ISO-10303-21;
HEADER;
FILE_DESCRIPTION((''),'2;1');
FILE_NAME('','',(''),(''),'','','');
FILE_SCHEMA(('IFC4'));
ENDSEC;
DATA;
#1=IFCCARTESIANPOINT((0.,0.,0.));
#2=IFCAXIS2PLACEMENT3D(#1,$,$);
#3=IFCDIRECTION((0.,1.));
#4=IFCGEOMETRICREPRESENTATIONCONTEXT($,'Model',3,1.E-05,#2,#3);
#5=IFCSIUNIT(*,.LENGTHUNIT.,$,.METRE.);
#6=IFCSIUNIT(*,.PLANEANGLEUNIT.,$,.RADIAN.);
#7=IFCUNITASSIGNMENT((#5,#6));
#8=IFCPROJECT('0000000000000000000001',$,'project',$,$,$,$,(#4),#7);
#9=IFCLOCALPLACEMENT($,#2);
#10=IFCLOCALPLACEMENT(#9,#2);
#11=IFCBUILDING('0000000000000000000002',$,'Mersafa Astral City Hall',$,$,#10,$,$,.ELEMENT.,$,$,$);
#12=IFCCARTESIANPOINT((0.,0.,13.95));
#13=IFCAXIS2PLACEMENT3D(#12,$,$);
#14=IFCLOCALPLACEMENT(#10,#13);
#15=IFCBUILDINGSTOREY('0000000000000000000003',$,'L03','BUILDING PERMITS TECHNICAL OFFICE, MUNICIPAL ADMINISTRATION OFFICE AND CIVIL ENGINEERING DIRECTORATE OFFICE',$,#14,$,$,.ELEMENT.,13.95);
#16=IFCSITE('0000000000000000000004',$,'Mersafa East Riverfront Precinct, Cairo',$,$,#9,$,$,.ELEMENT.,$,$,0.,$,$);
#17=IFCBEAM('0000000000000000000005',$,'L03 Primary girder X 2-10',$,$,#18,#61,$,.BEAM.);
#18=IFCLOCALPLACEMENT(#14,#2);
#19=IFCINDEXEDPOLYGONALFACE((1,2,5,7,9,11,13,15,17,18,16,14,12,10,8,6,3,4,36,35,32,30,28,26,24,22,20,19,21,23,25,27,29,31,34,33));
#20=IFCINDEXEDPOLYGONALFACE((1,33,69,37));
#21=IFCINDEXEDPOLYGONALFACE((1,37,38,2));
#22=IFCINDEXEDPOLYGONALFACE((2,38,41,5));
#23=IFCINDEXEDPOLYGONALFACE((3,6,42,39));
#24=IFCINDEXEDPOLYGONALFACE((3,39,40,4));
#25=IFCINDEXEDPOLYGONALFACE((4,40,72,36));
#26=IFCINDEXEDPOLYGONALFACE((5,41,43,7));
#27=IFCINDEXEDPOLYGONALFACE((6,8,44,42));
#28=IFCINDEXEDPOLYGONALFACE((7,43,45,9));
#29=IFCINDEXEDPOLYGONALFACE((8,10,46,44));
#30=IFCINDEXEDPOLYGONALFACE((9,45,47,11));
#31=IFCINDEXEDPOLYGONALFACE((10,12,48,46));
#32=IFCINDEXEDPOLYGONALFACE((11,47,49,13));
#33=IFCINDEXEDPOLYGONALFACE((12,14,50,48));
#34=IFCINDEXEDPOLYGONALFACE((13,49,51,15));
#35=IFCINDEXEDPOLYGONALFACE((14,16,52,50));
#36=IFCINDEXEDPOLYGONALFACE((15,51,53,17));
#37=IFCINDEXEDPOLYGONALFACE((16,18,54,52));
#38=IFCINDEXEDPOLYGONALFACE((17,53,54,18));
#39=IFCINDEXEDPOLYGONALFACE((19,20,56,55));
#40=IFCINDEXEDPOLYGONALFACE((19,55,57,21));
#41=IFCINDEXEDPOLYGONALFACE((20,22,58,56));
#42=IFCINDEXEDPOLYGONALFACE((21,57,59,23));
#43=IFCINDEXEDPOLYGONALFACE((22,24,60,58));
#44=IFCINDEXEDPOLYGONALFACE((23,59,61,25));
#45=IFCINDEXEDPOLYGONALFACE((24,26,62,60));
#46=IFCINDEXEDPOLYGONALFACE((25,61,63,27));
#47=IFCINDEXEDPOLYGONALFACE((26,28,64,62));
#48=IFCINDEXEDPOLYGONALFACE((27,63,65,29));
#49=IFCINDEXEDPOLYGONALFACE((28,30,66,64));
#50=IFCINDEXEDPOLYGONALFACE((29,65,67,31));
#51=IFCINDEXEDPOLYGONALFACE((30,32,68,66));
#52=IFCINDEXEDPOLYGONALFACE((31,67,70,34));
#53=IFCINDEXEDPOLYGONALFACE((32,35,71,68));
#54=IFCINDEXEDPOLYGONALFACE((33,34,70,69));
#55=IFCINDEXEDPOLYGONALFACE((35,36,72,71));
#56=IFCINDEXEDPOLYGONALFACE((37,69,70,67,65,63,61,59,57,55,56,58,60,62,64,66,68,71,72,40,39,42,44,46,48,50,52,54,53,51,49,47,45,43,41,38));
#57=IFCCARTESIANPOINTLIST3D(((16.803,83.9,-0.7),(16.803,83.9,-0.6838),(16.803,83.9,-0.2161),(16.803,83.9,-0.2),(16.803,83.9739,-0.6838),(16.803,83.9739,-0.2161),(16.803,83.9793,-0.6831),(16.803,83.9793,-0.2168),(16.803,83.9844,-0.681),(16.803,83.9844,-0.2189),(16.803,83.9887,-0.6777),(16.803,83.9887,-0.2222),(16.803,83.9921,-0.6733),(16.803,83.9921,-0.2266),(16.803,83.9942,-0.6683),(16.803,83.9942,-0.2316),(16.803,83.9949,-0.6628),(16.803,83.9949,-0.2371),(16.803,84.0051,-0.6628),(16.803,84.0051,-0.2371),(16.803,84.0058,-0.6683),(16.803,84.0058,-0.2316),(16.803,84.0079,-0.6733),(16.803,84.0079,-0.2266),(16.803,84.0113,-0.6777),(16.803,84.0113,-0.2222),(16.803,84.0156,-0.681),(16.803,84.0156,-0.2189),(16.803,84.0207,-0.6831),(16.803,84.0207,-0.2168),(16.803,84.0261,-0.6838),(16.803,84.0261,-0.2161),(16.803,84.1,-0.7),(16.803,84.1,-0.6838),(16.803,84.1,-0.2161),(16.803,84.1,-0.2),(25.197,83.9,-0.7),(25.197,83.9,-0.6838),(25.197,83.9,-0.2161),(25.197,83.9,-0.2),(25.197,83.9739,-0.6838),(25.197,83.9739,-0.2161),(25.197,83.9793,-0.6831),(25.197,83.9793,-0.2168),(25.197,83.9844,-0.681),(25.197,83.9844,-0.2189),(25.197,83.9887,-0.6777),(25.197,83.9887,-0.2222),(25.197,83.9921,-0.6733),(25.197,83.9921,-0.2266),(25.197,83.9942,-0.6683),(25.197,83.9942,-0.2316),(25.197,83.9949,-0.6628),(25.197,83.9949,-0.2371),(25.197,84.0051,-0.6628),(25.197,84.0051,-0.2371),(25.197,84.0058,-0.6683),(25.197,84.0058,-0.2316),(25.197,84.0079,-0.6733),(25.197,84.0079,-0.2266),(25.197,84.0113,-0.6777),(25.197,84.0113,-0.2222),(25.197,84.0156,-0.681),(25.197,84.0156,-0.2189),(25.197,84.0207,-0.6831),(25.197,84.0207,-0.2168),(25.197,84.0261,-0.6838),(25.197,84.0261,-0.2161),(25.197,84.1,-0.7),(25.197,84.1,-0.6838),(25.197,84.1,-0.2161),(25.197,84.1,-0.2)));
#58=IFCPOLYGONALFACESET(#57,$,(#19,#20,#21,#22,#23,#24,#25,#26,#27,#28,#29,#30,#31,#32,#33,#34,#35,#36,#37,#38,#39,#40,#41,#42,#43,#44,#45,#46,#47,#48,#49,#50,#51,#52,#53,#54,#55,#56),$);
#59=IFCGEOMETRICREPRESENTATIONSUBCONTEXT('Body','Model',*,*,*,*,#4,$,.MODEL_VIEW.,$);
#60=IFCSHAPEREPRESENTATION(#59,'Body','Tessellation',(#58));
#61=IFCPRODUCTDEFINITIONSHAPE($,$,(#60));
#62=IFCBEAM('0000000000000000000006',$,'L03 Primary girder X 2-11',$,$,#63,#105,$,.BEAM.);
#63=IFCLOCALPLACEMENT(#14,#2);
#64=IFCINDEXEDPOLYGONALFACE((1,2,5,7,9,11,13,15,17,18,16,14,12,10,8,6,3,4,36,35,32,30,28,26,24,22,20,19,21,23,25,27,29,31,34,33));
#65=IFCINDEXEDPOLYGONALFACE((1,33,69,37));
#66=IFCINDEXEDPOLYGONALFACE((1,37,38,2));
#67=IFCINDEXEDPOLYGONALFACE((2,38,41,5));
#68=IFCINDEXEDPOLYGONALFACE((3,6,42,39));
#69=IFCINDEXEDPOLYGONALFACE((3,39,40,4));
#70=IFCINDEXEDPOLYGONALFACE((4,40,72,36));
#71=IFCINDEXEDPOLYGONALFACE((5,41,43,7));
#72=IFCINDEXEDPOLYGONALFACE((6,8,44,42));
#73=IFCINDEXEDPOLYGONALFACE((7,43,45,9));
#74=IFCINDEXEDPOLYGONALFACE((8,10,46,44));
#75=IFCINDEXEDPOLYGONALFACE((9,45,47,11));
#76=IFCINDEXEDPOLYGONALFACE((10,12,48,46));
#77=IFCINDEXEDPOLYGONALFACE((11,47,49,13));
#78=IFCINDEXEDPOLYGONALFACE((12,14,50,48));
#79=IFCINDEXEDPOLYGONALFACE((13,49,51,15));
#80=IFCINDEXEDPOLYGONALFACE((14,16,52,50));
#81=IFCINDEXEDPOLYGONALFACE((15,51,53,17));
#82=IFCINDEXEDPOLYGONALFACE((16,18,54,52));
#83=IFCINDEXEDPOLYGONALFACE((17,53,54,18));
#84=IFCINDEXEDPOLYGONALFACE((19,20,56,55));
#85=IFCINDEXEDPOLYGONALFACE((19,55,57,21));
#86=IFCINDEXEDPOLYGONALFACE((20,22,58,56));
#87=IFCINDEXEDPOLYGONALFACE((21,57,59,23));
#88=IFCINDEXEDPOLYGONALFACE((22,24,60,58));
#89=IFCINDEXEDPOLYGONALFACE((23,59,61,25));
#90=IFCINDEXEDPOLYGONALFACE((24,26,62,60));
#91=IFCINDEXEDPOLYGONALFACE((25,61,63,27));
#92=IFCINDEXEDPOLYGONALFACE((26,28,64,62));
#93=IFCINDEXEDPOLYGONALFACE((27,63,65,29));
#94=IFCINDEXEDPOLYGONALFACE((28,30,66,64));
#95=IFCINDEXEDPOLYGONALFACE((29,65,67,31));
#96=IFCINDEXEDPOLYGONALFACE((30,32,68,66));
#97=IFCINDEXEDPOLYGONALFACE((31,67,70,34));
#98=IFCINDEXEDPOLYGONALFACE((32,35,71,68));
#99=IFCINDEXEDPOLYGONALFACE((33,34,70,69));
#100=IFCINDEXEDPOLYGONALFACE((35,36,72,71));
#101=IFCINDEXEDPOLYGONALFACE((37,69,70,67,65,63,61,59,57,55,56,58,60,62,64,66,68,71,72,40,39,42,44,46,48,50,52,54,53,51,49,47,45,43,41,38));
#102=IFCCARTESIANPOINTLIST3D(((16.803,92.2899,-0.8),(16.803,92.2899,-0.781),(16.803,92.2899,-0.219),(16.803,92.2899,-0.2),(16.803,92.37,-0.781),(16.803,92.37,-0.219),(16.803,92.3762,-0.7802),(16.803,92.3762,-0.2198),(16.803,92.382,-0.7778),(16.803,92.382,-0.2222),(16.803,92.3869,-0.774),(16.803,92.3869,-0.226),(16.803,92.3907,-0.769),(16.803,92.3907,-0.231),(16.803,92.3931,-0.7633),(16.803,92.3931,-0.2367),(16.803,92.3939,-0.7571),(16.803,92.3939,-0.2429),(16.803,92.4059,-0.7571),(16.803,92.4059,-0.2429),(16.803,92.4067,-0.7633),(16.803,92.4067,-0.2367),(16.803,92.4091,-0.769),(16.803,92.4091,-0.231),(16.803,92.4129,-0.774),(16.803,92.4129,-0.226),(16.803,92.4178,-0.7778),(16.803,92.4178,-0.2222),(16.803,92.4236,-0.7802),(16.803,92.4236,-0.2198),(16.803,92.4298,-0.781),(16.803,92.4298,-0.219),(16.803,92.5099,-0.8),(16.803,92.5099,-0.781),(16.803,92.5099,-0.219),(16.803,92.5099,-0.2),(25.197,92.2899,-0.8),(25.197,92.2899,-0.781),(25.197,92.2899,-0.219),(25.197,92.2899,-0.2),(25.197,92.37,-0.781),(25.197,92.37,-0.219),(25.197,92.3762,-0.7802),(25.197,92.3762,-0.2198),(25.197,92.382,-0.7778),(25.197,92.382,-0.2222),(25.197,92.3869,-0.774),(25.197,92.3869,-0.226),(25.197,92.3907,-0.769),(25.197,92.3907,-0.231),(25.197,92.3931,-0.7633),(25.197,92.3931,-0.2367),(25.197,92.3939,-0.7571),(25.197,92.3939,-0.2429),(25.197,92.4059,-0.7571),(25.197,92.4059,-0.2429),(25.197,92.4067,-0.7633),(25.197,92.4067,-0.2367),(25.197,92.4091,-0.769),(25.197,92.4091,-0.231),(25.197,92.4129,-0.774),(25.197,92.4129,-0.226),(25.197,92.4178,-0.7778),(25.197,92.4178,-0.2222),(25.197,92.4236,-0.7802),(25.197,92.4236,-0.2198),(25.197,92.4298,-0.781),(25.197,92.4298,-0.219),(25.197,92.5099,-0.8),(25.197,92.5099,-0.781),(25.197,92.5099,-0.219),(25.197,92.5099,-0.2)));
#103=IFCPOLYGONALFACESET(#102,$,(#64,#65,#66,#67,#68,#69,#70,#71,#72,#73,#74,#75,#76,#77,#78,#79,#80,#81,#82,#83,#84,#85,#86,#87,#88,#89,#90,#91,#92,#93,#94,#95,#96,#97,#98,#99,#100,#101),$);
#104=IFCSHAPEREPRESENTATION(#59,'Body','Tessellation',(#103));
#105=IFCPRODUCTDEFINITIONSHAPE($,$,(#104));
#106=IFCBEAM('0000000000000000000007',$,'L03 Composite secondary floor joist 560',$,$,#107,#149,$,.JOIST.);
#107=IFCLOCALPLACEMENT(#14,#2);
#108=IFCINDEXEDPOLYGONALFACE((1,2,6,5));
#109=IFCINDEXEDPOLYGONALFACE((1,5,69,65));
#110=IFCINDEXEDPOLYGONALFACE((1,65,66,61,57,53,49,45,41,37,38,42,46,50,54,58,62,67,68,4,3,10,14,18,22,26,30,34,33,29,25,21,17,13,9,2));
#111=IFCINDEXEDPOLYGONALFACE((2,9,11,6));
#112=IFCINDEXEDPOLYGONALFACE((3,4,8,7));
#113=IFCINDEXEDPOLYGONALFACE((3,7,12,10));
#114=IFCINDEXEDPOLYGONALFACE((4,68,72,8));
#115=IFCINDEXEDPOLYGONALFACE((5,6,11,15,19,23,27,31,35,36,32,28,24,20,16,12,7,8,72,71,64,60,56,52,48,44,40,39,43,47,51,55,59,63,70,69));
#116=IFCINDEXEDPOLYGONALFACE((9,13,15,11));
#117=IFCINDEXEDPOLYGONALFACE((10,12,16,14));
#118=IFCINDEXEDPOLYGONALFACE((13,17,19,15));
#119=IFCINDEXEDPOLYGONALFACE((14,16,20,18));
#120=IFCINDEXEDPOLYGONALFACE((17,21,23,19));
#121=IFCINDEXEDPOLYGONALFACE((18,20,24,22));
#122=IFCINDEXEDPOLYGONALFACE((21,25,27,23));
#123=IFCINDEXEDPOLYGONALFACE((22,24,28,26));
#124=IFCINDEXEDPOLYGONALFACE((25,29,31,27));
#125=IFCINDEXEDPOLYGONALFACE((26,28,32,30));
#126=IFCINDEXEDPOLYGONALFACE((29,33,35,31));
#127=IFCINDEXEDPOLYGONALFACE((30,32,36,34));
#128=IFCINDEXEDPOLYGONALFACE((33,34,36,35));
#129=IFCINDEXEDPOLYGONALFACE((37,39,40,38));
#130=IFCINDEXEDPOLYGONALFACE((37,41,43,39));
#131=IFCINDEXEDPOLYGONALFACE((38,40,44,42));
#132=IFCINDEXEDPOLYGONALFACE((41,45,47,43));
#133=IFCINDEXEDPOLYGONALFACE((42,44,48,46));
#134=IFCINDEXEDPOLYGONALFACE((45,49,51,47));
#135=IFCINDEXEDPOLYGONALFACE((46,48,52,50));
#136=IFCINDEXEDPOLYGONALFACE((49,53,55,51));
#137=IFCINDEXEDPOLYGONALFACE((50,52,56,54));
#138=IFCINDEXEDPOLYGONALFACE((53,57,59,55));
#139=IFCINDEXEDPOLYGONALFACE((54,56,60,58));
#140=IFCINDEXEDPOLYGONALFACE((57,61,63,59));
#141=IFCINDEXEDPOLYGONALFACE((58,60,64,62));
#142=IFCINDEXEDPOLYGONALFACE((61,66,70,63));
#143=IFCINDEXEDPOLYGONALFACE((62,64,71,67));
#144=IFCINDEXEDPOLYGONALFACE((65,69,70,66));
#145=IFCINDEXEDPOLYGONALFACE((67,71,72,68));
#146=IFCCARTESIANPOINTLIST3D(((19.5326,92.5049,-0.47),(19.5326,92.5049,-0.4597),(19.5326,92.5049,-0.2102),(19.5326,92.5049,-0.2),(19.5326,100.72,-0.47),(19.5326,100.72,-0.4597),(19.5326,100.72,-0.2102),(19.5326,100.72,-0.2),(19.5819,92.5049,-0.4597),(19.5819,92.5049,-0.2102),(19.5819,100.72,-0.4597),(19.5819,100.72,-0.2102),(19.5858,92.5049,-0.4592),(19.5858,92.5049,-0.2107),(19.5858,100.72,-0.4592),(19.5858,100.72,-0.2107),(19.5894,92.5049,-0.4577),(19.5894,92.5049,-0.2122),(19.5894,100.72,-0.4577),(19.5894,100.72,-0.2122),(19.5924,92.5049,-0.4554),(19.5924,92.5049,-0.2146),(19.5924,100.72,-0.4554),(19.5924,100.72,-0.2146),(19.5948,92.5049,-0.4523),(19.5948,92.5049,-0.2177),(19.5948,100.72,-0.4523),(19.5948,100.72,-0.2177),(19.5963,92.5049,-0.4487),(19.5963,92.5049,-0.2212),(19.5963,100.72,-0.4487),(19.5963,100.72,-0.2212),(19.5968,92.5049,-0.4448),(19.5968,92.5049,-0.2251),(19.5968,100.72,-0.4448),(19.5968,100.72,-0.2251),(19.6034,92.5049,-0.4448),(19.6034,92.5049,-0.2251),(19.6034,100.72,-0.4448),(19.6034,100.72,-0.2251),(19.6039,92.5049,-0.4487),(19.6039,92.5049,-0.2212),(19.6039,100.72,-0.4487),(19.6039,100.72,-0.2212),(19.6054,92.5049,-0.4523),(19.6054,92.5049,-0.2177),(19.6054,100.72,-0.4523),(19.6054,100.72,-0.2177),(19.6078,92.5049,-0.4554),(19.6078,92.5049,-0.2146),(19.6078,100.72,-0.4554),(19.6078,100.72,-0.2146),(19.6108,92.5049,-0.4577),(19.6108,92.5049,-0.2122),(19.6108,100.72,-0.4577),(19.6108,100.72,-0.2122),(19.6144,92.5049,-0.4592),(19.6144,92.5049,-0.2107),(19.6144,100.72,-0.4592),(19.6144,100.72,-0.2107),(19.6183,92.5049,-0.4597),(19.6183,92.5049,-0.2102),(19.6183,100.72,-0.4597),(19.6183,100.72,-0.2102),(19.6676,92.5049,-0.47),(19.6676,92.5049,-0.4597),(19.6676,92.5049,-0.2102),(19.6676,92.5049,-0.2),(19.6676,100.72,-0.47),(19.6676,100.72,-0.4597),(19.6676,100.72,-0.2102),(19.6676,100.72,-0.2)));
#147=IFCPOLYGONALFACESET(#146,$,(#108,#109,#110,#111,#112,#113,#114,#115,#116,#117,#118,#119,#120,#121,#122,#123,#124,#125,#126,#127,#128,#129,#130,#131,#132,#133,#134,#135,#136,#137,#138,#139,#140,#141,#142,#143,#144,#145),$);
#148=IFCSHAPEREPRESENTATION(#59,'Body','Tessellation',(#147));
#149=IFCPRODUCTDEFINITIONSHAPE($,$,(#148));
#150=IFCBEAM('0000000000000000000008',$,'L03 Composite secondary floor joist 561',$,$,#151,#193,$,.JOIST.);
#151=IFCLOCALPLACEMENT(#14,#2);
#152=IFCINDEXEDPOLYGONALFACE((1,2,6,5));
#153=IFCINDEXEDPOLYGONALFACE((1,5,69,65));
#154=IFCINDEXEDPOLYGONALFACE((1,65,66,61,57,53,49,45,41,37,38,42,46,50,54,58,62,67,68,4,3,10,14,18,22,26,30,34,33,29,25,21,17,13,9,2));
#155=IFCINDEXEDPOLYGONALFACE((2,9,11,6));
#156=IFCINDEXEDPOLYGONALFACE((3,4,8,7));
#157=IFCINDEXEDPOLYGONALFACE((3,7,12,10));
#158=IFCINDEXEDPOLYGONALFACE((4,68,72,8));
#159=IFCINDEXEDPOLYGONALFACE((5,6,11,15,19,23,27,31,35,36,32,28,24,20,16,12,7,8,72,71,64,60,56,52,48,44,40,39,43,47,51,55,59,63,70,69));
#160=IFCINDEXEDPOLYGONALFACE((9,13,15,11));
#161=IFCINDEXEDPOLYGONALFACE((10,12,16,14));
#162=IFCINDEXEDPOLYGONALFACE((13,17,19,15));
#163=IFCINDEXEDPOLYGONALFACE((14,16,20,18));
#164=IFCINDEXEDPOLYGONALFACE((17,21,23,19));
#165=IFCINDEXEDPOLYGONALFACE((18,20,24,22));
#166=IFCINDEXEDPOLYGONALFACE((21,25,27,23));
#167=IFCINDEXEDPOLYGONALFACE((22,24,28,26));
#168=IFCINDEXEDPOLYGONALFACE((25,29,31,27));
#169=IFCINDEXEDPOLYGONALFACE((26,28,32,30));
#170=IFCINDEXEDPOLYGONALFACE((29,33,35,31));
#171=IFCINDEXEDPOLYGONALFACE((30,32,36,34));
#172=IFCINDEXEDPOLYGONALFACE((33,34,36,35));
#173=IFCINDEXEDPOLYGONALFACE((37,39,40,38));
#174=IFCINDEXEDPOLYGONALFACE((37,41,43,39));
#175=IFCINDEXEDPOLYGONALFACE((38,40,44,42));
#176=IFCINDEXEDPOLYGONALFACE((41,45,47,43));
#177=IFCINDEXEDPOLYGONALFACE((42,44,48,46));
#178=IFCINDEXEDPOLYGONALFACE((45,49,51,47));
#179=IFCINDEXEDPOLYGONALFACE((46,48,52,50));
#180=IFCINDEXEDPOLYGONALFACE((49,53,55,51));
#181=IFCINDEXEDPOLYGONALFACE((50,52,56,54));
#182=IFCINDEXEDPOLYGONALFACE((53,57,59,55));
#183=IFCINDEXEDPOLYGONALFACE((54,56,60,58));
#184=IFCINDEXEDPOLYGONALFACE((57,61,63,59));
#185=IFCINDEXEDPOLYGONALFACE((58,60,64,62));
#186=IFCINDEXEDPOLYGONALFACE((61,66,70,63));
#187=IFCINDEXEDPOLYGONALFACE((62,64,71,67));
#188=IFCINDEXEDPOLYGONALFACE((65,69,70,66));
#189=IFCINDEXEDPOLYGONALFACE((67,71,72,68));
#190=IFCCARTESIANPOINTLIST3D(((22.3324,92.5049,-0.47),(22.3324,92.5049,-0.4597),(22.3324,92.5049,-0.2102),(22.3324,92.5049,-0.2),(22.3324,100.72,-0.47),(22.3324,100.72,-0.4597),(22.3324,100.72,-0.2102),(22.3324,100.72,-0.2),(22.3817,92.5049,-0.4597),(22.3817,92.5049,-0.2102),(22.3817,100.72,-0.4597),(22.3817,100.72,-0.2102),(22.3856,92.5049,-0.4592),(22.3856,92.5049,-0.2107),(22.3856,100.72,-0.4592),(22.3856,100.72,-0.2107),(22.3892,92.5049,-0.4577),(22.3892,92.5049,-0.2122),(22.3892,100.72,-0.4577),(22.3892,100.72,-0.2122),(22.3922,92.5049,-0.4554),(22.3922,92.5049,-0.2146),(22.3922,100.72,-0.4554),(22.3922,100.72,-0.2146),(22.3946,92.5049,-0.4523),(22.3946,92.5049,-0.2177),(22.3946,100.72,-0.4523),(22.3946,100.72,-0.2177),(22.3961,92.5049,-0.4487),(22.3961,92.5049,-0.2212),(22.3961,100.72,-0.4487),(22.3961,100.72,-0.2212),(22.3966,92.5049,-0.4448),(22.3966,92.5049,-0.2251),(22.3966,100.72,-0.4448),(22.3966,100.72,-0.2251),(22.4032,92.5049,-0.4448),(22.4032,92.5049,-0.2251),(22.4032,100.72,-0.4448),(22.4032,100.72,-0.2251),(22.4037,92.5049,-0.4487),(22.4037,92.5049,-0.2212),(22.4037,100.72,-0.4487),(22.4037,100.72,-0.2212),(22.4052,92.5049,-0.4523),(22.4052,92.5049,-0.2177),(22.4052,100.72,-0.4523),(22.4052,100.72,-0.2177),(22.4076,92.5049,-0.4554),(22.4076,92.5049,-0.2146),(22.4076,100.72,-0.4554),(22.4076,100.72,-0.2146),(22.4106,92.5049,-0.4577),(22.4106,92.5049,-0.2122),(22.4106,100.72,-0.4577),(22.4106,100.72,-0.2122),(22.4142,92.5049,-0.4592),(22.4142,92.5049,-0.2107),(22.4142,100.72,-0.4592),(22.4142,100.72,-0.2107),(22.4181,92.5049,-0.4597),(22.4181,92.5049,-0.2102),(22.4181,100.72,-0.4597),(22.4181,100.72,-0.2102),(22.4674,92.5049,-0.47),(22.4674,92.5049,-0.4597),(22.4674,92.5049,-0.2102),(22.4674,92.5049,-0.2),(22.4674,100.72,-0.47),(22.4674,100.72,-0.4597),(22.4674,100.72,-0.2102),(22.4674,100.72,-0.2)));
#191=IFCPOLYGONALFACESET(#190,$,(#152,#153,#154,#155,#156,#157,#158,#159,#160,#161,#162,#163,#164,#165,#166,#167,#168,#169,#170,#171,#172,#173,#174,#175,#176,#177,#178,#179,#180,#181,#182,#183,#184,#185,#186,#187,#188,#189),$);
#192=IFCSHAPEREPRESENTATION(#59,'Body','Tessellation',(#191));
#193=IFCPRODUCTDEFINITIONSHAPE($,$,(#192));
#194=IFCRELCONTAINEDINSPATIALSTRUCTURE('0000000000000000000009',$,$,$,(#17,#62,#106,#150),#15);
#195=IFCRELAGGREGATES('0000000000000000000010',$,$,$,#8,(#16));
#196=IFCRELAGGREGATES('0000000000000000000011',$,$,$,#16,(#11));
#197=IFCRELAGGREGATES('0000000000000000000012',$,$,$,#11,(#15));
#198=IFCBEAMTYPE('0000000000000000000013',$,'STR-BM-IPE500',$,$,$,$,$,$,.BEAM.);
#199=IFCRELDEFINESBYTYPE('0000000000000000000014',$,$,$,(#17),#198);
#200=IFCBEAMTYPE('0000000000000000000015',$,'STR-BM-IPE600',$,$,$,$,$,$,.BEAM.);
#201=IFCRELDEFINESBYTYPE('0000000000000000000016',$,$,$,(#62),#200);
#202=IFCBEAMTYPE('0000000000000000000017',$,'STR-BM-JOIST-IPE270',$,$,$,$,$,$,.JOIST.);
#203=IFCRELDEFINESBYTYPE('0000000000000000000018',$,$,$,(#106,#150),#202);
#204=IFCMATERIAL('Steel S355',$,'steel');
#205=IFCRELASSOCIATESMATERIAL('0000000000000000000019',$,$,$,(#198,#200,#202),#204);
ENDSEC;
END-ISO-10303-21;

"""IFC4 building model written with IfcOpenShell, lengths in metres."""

from ifc_helpers import new_model, si_unit, direction, frame, origin, origin_2d, place, context, subcontext, project, spatial, i_section, extrude, material, material_profile, profile_set, type_object, element, save


model = new_model("IFC4")

# Units and contexts
model_context = context("Model", 3, precision=1e-05, world=origin(), true_north=direction((0.0, 1.0)))
body_context = subcontext(model_context, "Body", "Model", "MODEL_VIEW")
ifc_project = project(units=[si_unit("LENGTHUNIT", "METRE"), si_unit("PLANEANGLEUNIT", "RADIAN")], contexts=[model_context])

# Site, building, storey
site_placement = place(None, origin())
site = spatial("IfcSite", under=ifc_project, at=site_placement, Name="Mersafa East Riverfront Precinct, Cairo", CompositionType="ELEMENT", RefElevation=0.0)
building_placement = place(site_placement, origin())
building = spatial("IfcBuilding", under=site, at=building_placement, Name="Mersafa Astral City Hall", CompositionType="ELEMENT")
storey_placement = place(building_placement, frame((0.0, 0.0, 13.95)))
storey = spatial("IfcBuildingStorey", under=building, at=storey_placement, Name="L03", Description="BUILDING PERMITS TECHNICAL OFFICE, MUNICIPAL ADMINISTRATION OFFICE AND CIVIL ENGINEERING DIRECTORATE OFFICE", CompositionType="ELEMENT", Elevation=13.95)

# Shared definitions
ifc_material_1 = material(Name="Steel S355", Category="steel")

# Beams
ifc_material_profile_1 = material_profile(ifc_material_1, i_section(OverallWidth=0.2, OverallDepth=0.5, WebThickness=0.0103, FlangeThickness=0.0161, FilletRadius=0.021, at=origin_2d()), Name="IPE 500")
ifc_profile_set_1 = profile_set([ifc_material_profile_1], Name="Steel S355")
beam_type_1 = type_object("IfcBeamType", Name="STR-BM-IPE500", PredefinedType="BEAM", material=ifc_profile_set_1)
beam_1_placement = place(storey_placement, frame((16.803, 84.0, -0.45), z_axis=(1.0, 0.0, 0.0), x_axis=(0.0, 1.0, 0.0)))
element("IfcBeam", 1, at=beam_1_placement, inside=storey, type_object=beam_type_1, Name="L03 Primary girder X 2-10", PredefinedType="BEAM", context=body_context, shape_type="SweptSolid", body=[
    extrude(i_section(OverallWidth=0.2, OverallDepth=0.5, WebThickness=0.0103, FlangeThickness=0.0161, FilletRadius=0.021, at=origin_2d()), origin(), (0.0, 0.0, 1.0), 8.394),
])
ifc_material_profile_2 = material_profile(ifc_material_1, i_section(OverallWidth=0.22, OverallDepth=0.6001, WebThickness=0.012, FlangeThickness=0.019, FilletRadius=0.0239, at=origin_2d()), Name="IPE 600")
ifc_profile_set_2 = profile_set([ifc_material_profile_2], Name="Steel S355")
beam_type_2 = type_object("IfcBeamType", Name="STR-BM-IPE600", PredefinedType="BEAM", material=ifc_profile_set_2)
beam_2_placement = place(storey_placement, frame((16.803, 92.3999, -0.5), z_axis=(1.0, 0.0, 0.0), x_axis=(0.0, 1.0, 0.0)))
element("IfcBeam", 2, at=beam_2_placement, inside=storey, type_object=beam_type_2, Name="L03 Primary girder X 2-11", PredefinedType="BEAM", context=body_context, shape_type="SweptSolid", body=[
    extrude(i_section(OverallWidth=0.22, OverallDepth=0.6001, WebThickness=0.012, FlangeThickness=0.019, FilletRadius=0.0239, at=origin_2d()), origin(), (0.0, 0.0, 1.0), 8.394),
])
ifc_material_profile_3 = material_profile(ifc_material_1, i_section(OverallWidth=0.135, OverallDepth=0.27, WebThickness=0.0066, FlangeThickness=0.0103, FilletRadius=0.0149, at=origin_2d()), Name="IPE 270")
ifc_profile_set_3 = profile_set([ifc_material_profile_3], Name="Steel S355")
beam_type_3 = type_object("IfcBeamType", Name="STR-BM-JOIST-IPE270", PredefinedType="JOIST", material=ifc_profile_set_3)
for number, where, z_axis, x_axis, name in (
    (3, (19.6001, 92.5049, -0.335), (0.0, 1.0, 0.0), (-1.0, 0.0, 0.0), "L03 Composite secondary floor joist 560"),
    (4, (22.3999, 92.5049, -0.335), (0.0, 1.0, 0.0), (-1.0, 0.0, 0.0), "L03 Composite secondary floor joist 561"),
):
    element("IfcBeam", number, at=place(storey_placement, frame(where, z_axis=z_axis, x_axis=x_axis)), inside=storey, type_object=beam_type_3, Name=name, PredefinedType="JOIST", context=body_context, shape_type="SweptSolid", body=[
        extrude(i_section(OverallWidth=0.135, OverallDepth=0.27, WebThickness=0.0066, FlangeThickness=0.0103, FilletRadius=0.0149, at=origin_2d()), origin(), (0.0, 0.0, 1.0), 8.2151),
    ])

save(model, "model.ifc")
